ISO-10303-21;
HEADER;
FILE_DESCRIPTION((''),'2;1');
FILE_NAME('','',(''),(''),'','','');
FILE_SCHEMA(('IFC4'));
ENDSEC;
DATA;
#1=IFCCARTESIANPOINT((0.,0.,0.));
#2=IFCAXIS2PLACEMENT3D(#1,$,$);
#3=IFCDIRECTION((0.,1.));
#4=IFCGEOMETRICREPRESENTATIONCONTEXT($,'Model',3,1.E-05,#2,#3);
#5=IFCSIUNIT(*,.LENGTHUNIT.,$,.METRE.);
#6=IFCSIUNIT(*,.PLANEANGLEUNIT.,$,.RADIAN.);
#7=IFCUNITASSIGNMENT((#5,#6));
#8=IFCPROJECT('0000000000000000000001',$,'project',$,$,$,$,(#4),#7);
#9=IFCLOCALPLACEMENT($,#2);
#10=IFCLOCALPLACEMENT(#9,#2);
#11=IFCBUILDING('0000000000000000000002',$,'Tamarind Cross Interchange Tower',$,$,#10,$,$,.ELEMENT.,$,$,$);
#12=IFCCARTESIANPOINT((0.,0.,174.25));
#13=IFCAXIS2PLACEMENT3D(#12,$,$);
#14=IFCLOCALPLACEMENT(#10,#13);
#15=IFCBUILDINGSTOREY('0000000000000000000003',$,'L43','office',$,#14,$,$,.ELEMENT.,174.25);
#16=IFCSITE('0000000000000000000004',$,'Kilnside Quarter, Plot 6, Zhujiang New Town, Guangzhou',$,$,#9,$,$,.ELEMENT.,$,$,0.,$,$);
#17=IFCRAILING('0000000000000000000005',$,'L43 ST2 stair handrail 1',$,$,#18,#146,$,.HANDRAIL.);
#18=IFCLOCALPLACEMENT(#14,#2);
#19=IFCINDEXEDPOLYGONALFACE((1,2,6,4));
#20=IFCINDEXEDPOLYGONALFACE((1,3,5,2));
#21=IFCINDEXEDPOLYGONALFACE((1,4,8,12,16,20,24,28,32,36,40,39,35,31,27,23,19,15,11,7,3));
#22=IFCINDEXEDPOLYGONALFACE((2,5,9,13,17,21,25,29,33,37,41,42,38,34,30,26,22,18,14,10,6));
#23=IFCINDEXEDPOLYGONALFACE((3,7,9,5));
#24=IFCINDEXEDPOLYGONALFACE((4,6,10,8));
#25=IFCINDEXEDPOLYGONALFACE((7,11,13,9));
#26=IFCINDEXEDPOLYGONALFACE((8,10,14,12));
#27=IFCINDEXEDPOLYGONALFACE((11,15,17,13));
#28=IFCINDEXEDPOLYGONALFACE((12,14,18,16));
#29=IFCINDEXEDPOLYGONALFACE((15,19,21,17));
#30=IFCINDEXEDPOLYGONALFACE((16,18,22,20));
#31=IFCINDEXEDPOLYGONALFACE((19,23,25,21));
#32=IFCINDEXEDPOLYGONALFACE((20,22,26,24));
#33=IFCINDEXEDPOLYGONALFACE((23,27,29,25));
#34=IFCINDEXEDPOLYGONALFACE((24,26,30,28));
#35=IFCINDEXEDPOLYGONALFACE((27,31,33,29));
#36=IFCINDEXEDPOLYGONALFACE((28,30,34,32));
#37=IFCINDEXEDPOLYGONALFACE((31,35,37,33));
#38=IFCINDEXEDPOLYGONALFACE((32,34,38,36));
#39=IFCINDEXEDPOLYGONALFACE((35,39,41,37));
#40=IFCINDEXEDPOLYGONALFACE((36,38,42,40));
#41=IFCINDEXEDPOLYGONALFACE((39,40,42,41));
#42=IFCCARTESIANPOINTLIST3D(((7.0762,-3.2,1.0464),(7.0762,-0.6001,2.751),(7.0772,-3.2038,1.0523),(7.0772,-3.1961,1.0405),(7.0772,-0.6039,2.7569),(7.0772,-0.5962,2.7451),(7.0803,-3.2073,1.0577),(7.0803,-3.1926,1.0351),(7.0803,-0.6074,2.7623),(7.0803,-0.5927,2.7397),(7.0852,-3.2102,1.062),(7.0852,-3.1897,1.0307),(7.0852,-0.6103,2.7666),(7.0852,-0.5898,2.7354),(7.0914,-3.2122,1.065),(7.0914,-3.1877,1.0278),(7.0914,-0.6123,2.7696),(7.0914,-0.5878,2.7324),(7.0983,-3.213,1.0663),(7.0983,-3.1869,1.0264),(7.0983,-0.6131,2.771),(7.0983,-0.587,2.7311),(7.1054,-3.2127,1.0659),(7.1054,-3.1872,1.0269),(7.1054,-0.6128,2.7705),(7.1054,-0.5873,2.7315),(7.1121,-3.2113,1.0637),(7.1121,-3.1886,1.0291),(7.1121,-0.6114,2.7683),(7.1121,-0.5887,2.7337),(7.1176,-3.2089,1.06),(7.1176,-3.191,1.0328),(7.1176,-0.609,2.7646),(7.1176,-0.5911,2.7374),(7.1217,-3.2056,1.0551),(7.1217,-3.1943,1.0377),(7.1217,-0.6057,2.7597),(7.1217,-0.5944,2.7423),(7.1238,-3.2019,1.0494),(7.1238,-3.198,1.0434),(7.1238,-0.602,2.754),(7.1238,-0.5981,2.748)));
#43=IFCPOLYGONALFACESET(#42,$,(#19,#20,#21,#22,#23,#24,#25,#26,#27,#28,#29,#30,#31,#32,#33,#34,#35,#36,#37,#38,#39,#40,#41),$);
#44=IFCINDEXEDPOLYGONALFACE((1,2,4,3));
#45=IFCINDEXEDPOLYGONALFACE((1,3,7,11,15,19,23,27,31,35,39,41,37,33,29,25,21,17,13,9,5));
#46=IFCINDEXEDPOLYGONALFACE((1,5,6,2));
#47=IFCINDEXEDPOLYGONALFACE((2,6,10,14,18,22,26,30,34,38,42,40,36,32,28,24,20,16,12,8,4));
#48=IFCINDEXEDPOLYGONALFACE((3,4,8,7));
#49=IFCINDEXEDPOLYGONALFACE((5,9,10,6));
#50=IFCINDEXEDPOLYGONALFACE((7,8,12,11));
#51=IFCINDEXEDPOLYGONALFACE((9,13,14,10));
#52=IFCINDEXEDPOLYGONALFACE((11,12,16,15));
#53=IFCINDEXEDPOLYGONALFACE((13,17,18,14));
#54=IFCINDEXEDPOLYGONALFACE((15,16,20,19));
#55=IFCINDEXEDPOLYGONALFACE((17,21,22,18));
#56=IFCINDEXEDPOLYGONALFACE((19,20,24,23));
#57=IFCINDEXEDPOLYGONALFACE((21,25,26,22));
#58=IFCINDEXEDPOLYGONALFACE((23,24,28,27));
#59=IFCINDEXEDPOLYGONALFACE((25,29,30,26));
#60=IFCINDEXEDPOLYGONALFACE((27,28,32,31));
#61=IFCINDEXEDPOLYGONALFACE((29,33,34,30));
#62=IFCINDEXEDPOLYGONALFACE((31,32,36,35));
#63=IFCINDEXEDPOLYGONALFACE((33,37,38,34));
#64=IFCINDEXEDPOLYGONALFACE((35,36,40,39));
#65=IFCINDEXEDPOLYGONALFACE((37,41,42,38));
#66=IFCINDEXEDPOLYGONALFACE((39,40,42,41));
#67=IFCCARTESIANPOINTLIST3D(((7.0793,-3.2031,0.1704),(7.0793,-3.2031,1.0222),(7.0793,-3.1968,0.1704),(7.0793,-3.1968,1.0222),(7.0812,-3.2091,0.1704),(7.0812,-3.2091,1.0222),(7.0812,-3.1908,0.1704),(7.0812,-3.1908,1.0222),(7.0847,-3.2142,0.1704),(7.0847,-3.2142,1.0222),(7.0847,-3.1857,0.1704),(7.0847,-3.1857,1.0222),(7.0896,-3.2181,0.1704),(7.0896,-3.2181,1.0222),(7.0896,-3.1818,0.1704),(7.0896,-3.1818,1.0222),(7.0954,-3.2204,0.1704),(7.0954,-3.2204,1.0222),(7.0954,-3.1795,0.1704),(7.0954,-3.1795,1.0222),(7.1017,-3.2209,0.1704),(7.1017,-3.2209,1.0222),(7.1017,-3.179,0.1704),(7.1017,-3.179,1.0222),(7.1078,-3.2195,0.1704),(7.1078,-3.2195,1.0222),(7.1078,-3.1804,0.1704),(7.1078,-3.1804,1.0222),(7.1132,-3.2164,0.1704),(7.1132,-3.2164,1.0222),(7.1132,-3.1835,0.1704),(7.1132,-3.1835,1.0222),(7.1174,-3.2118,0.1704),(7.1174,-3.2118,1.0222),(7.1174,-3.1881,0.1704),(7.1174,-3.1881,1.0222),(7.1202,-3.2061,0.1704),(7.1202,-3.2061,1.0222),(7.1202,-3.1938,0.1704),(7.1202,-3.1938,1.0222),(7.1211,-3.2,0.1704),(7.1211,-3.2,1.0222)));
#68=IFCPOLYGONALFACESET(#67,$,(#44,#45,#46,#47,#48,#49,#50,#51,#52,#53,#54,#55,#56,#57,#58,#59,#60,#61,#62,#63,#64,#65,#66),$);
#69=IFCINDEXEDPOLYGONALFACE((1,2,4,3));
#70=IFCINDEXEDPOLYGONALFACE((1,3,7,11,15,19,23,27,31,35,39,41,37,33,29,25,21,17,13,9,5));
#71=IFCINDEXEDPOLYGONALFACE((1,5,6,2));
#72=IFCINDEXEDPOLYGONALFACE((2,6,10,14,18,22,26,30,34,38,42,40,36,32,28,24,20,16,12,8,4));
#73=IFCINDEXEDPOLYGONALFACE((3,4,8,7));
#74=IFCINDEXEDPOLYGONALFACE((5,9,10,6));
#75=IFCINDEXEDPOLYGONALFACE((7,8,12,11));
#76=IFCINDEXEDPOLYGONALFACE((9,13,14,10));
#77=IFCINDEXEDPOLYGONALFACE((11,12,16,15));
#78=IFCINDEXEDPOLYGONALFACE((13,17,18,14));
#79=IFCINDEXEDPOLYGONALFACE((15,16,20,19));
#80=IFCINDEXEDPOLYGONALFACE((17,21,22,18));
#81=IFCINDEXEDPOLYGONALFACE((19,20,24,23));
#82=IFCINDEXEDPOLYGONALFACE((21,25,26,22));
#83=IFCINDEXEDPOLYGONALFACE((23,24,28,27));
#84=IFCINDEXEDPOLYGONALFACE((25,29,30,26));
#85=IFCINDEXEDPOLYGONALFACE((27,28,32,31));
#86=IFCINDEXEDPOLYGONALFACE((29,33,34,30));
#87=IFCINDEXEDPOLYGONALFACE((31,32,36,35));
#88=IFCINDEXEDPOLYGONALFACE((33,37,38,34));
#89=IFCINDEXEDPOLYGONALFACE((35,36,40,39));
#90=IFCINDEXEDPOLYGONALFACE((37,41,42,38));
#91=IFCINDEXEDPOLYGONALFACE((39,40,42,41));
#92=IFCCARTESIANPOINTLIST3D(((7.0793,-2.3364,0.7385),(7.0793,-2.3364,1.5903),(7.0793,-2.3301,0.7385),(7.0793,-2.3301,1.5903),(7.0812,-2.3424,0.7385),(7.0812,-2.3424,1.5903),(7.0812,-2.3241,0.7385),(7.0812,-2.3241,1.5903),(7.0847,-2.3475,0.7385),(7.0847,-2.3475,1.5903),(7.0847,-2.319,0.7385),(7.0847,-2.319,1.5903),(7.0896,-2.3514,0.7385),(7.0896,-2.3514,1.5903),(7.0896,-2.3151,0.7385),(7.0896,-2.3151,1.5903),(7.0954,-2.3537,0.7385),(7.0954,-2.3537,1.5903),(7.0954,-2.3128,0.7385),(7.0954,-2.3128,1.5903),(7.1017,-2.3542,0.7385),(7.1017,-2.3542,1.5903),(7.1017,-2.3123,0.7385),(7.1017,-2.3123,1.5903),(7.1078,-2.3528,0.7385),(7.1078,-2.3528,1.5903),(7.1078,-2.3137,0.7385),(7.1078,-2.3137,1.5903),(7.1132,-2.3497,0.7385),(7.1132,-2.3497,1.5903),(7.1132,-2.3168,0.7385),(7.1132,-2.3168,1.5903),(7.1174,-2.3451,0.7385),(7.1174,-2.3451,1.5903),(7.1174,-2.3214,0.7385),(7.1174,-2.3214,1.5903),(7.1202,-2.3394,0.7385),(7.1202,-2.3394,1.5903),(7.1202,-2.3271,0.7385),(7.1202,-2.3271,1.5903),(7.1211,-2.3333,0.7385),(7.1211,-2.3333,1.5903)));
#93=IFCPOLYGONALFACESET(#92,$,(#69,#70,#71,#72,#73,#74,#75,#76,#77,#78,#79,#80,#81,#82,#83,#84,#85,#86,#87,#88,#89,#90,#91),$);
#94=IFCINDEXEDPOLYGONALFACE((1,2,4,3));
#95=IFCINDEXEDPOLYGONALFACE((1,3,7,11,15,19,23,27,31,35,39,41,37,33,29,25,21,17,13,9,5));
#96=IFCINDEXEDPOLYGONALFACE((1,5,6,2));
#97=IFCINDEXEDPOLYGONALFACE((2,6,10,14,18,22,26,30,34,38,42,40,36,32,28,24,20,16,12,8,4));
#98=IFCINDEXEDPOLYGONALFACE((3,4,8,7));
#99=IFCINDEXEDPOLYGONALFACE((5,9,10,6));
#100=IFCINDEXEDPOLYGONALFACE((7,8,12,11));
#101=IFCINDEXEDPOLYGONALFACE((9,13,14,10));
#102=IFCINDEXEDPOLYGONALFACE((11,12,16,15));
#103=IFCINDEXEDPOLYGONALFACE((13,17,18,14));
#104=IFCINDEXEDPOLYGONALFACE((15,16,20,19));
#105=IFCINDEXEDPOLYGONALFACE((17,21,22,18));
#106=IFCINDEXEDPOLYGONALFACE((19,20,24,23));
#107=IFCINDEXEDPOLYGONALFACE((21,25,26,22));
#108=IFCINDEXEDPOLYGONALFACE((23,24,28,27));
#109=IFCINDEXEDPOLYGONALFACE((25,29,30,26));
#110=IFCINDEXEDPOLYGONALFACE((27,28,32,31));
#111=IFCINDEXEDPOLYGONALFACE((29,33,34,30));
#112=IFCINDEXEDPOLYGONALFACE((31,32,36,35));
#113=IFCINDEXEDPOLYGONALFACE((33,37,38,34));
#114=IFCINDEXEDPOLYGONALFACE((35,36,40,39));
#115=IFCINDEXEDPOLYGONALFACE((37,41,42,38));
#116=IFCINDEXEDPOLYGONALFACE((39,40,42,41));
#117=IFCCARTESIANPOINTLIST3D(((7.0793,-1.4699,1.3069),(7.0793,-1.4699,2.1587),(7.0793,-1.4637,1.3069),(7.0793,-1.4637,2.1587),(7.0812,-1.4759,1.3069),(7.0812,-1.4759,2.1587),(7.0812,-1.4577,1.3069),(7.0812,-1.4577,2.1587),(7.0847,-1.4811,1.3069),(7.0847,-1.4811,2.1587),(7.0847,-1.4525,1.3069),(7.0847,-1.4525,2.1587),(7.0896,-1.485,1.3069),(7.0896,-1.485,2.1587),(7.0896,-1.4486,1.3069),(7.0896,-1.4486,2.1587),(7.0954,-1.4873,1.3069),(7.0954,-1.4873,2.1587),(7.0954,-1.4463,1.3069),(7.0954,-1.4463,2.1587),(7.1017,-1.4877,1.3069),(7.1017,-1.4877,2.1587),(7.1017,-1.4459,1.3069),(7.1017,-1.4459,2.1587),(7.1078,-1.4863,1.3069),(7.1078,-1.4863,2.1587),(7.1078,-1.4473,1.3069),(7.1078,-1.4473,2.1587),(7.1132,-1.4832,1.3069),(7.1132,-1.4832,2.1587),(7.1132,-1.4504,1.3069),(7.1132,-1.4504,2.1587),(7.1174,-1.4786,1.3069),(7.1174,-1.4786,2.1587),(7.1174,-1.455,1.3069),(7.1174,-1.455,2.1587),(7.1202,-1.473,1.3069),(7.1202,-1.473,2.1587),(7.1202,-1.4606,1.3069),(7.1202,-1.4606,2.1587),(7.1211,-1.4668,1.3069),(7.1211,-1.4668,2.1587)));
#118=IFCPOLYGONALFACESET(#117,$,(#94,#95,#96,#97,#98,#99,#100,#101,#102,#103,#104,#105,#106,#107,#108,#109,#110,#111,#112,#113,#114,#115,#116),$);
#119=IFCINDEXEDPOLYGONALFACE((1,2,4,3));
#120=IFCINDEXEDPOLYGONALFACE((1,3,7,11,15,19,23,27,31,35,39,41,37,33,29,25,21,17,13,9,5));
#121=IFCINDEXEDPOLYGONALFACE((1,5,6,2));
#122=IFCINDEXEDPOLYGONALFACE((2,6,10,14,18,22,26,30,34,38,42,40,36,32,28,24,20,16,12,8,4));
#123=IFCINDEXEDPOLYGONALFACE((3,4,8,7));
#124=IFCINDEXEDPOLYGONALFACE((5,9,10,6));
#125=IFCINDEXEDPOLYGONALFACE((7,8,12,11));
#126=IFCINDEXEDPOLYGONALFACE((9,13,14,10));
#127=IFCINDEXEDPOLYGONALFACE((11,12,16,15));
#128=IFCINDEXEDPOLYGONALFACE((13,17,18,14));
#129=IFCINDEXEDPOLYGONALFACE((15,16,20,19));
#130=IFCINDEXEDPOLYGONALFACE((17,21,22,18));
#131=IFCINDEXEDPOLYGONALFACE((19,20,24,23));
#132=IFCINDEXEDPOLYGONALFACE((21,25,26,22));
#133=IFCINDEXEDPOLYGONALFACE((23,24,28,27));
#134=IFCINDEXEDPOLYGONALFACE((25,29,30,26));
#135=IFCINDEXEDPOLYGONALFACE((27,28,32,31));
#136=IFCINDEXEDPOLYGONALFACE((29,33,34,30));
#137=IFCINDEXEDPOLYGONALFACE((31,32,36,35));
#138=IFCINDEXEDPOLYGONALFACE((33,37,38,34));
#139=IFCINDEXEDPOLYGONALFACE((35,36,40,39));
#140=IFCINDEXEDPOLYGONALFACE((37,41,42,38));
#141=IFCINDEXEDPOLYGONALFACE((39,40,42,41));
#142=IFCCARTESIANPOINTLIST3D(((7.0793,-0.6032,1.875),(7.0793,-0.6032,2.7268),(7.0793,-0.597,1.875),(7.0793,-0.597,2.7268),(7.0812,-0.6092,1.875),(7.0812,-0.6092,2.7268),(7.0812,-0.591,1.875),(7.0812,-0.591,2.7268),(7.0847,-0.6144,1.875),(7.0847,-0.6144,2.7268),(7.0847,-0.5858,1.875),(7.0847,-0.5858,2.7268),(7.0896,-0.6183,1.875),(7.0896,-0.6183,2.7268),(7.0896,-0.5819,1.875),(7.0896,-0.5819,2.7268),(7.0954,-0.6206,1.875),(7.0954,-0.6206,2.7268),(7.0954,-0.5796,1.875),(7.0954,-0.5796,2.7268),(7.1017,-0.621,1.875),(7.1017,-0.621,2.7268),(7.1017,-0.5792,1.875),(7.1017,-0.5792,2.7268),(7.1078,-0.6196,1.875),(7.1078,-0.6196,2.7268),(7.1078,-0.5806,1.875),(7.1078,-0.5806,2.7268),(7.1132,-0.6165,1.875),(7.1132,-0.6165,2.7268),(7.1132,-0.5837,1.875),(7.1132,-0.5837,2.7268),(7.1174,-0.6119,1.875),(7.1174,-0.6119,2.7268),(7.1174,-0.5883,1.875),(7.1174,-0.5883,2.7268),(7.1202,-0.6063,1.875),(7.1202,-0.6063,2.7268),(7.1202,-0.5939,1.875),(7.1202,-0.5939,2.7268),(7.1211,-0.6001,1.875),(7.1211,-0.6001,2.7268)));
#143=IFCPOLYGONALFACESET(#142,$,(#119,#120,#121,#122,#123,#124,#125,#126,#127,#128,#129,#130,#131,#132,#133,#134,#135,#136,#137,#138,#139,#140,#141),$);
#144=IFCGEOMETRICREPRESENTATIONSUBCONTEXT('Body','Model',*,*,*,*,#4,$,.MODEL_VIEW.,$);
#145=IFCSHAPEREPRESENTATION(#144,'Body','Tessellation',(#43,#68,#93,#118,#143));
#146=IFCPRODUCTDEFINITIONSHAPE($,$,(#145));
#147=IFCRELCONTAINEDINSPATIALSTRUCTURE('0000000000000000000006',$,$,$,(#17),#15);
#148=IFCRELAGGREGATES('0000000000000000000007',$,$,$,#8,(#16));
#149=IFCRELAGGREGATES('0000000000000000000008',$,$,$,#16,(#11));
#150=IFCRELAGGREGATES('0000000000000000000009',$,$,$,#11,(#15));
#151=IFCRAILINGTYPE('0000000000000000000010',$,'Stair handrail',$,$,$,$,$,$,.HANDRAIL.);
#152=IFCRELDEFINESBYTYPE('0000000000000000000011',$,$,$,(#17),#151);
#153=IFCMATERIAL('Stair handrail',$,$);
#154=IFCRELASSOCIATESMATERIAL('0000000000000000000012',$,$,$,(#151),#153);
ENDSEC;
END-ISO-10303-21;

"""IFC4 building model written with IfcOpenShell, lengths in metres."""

from ifc_helpers import new_model, si_unit, direction, frame, origin, origin_2d, place, context, subcontext, project, spatial, circle, extrude, material, type_object, element, save


model = new_model("IFC4")

# Units and contexts
model_context = context("Model", 3, precision=1e-05, world=origin(), true_north=direction((0.0, 1.0)))
body_context = subcontext(model_context, "Body", "Model", "MODEL_VIEW")
ifc_project = project(units=[si_unit("LENGTHUNIT", "METRE"), si_unit("PLANEANGLEUNIT", "RADIAN")], contexts=[model_context])

# Site, building, storey
site_placement = place(None, origin())
site = spatial("IfcSite", under=ifc_project, at=site_placement, Name="Kilnside Quarter, Plot 6, Zhujiang New Town, Guangzhou", CompositionType="ELEMENT", RefElevation=0.0)
building_placement = place(site_placement, origin())
building = spatial("IfcBuilding", under=site, at=building_placement, Name="Tamarind Cross Interchange Tower", CompositionType="ELEMENT")
storey_placement = place(building_placement, frame((0.0, 0.0, 174.25)))
storey = spatial("IfcBuildingStorey", under=building, at=storey_placement, Name="L43", Description="office", CompositionType="ELEMENT", Elevation=174.25)

# Railing
ifc_material_1 = material(Name="Stair handrail")
railing_type_1 = type_object("IfcRailingType", Name="Stair handrail", PredefinedType="HANDRAIL", material=ifc_material_1)
railing_1_placement = place(storey_placement, frame((7.1001, -3.2, 0.1704)))
element("IfcRailing", 1, at=railing_1_placement, inside=storey, type_object=railing_type_1, Name="L43 ST2 stair handrail 1", PredefinedType="HANDRAIL", context=body_context, shape_type="SweptSolid", body=[
    extrude(circle(Radius=0.0239, at=origin_2d()), frame((0.0, 0.0, 0.876), z_axis=(0.0, 0.836279, 0.548305), x_axis=(-1.0, 0.0, 0.0)), (0.0, 0.0, 1.0), 3.1089),
    extrude(circle(Radius=0.021, at=origin_2d()), origin(), (0.0, 0.0, 1.0), 0.8518),
    extrude(circle(Radius=0.021, at=origin_2d()), frame((0.0, 0.8667, 0.5681)), (0.0, 0.0, 1.0), 0.8518),
    extrude(circle(Radius=0.021, at=origin_2d()), frame((0.0, 1.7332, 1.1365)), (0.0, 0.0, 1.0), 0.8518),
    extrude(circle(Radius=0.021, at=origin_2d()), frame((0.0, 2.5999, 1.7046)), (0.0, 0.0, 1.0), 0.8518),
])

save(model, "model.ifc")
